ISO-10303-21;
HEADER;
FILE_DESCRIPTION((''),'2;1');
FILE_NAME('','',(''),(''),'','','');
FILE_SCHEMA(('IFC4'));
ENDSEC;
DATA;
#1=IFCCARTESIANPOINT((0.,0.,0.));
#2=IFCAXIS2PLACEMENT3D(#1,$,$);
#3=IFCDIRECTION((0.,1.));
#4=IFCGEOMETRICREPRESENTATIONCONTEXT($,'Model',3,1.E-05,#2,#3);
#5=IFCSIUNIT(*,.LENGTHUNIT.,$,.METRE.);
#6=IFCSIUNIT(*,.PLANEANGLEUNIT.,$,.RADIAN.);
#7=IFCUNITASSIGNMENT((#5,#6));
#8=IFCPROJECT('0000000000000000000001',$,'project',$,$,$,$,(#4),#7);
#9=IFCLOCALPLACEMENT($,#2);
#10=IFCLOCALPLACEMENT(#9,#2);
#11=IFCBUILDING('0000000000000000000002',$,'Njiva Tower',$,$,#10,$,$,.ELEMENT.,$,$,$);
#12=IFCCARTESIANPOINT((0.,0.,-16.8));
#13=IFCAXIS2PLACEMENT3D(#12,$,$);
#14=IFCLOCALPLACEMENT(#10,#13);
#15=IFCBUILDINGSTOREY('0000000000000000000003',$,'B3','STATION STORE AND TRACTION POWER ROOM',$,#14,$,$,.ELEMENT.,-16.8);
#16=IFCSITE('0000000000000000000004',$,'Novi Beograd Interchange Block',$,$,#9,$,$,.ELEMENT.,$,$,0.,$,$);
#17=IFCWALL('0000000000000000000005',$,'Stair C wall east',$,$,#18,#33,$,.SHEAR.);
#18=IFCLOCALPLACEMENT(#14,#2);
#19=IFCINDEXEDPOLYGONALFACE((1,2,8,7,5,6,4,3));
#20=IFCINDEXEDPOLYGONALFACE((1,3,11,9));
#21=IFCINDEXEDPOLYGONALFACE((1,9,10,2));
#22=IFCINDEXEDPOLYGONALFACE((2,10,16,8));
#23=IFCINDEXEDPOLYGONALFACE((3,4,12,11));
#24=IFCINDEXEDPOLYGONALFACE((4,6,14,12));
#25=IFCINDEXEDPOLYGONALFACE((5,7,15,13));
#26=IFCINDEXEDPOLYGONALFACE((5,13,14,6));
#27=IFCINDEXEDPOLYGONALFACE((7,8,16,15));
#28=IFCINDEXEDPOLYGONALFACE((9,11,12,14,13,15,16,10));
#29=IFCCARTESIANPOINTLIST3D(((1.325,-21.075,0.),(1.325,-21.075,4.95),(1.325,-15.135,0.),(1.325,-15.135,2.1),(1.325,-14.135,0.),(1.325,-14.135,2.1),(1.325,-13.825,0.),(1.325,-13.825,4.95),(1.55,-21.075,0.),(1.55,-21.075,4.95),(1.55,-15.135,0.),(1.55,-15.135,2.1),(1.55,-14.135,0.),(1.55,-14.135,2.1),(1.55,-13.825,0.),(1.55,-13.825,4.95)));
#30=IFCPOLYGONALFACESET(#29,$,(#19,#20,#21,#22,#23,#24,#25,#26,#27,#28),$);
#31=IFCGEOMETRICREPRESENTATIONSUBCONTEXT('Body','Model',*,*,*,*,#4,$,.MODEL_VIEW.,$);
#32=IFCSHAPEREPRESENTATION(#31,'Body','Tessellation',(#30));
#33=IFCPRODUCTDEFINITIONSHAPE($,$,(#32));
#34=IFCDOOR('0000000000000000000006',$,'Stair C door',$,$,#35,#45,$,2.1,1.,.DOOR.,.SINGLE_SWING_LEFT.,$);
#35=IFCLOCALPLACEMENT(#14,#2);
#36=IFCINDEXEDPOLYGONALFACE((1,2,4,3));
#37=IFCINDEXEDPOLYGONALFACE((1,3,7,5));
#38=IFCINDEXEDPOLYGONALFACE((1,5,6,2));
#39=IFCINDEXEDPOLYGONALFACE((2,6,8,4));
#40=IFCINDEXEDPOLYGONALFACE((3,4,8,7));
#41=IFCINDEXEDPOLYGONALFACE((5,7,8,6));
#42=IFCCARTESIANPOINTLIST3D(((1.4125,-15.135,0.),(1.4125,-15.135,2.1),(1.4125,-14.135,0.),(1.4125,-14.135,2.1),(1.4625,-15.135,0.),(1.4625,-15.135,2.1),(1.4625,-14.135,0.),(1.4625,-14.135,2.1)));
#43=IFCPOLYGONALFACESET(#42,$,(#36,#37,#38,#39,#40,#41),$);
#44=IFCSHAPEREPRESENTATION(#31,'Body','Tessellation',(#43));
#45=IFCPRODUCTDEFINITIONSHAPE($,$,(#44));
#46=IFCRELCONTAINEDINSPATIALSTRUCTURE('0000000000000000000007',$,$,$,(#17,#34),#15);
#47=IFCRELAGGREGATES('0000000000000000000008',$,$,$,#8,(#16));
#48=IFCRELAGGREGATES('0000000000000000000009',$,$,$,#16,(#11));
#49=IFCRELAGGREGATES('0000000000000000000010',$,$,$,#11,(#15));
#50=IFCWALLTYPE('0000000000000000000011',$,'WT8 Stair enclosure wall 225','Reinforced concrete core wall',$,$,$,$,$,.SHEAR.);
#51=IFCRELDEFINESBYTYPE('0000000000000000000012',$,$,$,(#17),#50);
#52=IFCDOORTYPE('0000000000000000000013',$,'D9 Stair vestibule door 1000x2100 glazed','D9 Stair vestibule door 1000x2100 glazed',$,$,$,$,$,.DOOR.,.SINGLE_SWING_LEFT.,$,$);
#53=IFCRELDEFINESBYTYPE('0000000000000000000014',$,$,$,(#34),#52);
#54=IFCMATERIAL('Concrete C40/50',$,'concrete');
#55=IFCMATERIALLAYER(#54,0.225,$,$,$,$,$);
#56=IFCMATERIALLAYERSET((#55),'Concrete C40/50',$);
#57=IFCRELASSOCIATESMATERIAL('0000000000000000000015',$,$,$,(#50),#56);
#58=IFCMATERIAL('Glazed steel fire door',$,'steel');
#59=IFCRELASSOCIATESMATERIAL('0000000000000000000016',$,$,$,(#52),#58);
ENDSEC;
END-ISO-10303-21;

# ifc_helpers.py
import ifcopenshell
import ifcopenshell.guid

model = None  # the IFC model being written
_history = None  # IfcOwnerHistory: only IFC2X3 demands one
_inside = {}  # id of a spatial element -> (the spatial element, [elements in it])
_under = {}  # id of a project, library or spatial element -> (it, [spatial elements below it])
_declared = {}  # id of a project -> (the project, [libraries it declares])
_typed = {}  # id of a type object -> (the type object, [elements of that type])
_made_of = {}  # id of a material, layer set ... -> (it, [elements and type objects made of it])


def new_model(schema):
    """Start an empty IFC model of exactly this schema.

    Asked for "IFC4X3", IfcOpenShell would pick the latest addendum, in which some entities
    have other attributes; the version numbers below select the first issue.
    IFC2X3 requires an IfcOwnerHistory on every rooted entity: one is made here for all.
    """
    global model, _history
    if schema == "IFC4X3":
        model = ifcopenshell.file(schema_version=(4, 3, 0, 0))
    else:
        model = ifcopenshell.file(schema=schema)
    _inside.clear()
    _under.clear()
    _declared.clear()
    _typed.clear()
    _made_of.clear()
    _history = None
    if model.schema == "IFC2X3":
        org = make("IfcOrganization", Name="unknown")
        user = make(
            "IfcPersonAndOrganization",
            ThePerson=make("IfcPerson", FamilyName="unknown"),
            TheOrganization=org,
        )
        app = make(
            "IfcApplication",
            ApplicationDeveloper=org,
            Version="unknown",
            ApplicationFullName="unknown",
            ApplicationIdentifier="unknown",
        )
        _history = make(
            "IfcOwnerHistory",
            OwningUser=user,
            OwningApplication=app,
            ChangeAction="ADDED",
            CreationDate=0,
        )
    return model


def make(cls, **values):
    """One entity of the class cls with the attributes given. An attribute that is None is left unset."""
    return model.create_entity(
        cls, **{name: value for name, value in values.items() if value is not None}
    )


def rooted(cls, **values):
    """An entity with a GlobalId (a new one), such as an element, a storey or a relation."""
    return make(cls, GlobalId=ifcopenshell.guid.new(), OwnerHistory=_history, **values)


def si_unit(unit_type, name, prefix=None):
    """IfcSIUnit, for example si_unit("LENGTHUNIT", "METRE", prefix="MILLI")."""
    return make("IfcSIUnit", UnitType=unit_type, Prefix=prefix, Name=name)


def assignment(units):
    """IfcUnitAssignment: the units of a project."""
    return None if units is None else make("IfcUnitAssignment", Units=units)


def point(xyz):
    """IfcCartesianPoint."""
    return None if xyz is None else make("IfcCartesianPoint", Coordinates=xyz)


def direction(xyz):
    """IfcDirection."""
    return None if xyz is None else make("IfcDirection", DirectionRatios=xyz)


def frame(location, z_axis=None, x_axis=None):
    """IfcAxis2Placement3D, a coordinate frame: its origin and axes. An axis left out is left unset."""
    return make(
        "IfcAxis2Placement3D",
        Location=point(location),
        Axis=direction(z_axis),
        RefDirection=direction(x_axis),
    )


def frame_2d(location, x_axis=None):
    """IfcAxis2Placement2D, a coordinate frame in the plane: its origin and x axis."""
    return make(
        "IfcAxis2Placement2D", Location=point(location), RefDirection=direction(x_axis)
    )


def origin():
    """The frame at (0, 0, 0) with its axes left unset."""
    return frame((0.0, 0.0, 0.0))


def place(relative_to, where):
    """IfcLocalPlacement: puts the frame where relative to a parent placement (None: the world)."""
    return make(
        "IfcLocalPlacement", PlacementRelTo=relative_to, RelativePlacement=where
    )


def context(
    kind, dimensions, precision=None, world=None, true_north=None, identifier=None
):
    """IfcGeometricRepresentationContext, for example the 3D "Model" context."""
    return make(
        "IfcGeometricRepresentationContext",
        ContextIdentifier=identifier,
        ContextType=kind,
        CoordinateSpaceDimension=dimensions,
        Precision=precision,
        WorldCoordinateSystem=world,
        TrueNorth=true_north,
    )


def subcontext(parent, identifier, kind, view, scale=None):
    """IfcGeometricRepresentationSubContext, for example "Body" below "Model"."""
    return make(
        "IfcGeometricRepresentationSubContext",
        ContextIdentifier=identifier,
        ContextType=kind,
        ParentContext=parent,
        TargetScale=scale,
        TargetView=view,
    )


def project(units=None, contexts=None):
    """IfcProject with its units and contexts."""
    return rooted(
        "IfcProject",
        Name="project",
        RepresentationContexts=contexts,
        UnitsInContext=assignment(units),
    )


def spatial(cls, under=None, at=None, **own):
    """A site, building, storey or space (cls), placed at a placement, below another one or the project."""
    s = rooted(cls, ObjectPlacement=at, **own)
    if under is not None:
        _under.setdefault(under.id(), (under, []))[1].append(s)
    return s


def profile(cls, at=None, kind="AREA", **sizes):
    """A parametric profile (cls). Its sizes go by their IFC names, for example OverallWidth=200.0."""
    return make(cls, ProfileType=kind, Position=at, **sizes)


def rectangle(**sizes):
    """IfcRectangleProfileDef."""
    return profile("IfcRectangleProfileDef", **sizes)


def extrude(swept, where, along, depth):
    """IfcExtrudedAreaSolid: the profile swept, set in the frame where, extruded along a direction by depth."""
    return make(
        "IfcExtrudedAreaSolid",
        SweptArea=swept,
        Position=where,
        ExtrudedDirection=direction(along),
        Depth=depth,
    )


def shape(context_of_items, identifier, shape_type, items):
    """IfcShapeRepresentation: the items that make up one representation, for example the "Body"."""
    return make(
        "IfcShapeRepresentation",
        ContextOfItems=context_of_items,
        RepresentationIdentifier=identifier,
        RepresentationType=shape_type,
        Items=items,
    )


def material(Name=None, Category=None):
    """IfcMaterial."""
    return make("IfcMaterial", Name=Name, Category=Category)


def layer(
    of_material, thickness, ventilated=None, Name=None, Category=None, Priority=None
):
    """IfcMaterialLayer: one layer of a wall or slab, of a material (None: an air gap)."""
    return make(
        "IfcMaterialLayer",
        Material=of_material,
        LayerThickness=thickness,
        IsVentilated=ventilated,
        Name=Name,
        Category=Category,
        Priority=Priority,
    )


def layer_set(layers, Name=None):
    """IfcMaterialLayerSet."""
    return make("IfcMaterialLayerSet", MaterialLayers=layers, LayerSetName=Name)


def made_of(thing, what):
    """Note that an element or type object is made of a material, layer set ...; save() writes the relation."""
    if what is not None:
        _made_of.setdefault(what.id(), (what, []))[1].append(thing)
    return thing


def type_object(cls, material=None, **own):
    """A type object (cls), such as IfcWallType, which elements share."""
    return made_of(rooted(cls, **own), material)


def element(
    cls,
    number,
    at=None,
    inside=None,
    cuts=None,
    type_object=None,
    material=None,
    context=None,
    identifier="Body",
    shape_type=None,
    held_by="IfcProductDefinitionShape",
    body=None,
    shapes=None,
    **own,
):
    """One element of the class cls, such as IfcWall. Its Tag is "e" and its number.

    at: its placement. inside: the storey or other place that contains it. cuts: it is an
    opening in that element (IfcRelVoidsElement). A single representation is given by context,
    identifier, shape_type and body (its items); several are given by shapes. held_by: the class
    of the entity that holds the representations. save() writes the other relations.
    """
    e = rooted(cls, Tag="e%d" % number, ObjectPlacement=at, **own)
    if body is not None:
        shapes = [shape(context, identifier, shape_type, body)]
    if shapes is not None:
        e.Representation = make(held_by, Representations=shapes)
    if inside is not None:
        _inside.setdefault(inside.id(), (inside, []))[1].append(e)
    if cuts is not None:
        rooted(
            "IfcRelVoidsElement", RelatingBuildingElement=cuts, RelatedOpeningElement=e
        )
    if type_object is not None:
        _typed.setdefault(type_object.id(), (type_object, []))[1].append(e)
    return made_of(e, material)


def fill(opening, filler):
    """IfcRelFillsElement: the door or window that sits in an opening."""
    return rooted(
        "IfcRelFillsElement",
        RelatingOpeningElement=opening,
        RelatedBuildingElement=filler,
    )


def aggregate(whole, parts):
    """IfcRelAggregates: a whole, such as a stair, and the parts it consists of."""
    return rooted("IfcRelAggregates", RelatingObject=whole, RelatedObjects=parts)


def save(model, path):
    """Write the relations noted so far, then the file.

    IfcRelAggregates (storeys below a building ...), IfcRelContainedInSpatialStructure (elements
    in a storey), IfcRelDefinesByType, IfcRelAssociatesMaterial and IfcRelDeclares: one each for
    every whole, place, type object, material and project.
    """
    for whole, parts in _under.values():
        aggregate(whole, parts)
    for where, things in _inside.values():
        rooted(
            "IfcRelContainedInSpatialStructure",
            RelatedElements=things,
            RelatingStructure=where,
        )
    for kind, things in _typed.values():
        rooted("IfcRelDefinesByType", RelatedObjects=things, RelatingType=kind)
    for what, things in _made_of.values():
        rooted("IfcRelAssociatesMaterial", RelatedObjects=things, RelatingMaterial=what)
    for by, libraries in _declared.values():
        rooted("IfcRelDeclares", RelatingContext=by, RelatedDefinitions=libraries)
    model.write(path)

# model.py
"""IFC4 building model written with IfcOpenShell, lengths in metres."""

from ifc_helpers import new_model, si_unit, direction, frame, frame_2d, origin, place, context, subcontext, project, spatial, rectangle, extrude, material, layer, layer_set, type_object, element, fill, save


model = new_model("IFC4")

# Units and contexts
model_context = context("Model", 3, precision=1e-05, world=origin(), true_north=direction((0.0, 1.0)))
body_context = subcontext(model_context, "Body", "Model", "MODEL_VIEW")
ifc_project = project(units=[si_unit("LENGTHUNIT", "METRE"), si_unit("PLANEANGLEUNIT", "RADIAN")], contexts=[model_context])

# Site, building, storey
site_placement = place(None, origin())
site = spatial("IfcSite", under=ifc_project, at=site_placement, Name="Novi Beograd Interchange Block", CompositionType="ELEMENT", RefElevation=0.0)
building_placement = place(site_placement, origin())
building = spatial("IfcBuilding", under=site, at=building_placement, Name="Njiva Tower", CompositionType="ELEMENT")
storey_placement = place(building_placement, frame((0.0, 0.0, -16.8)))
storey = spatial("IfcBuildingStorey", under=building, at=storey_placement, Name="B3", Description="STATION STORE AND TRACTION POWER ROOM", CompositionType="ELEMENT", Elevation=-16.8)

# Shared definitions
ifc_material_1 = material(Name="Glazed steel fire door", Category="steel")

# Wall, opening, door
ifc_material_2 = material(Name="Concrete C40/50", Category="concrete")
ifc_layer_1 = layer(ifc_material_2, 0.225)
ifc_layer_set_1 = layer_set([ifc_layer_1], Name="Concrete C40/50")
wall_type_1 = type_object("IfcWallType", Name="WT8 Stair enclosure wall 225", Description="Reinforced concrete core wall", PredefinedType="SHEAR", material=ifc_layer_set_1)
wall_1_placement = place(storey_placement, frame((1.4375, -21.075, 0.0), z_axis=(0.0, 0.0, 1.0), x_axis=(0.0, 1.0, 0.0)))
wall_1 = element("IfcWall", 1, at=wall_1_placement, inside=storey, type_object=wall_type_1, Name="Stair C wall east", PredefinedType="SHEAR", context=body_context, shape_type="SweptSolid", body=[
    extrude(rectangle(XDim=7.25, YDim=0.225, at=frame_2d((3.625, 0.0))), origin(), (0.0, 0.0, 1.0), 4.95),
])
opening_1_placement = place(wall_1_placement, frame((5.94, 0.0, 0.0)))
opening_1 = element("IfcOpeningElement", 2, at=opening_1_placement, cuts=wall_1, PredefinedType="OPENING", context=body_context, shape_type="SweptSolid", body=[
    extrude(rectangle(XDim=1.0, YDim=2.1, at=frame_2d((0.5, 1.05))), frame((0.0, 0.1225, 0.0), z_axis=(0.0, -1.0, 0.0), x_axis=(1.0, 0.0, 0.0)), (0.0, 0.0, 1.0), 0.245),
])
door_type_1 = type_object("IfcDoorType", Name="D9 Stair vestibule door 1000x2100 glazed", Description="D9 Stair vestibule door 1000x2100 glazed", OperationType="SINGLE_SWING_LEFT", PredefinedType="DOOR", material=ifc_material_1)
door_1_placement = place(opening_1_placement, origin())
door_1 = element("IfcDoor", 3, at=door_1_placement, inside=storey, type_object=door_type_1, Name="Stair C door", OperationType="SINGLE_SWING_LEFT", OverallHeight=2.1, OverallWidth=1.0, PredefinedType="DOOR", context=body_context, shape_type="SweptSolid", body=[
    extrude(rectangle(XDim=1.0, YDim=2.1, at=frame_2d((0.5, 1.05))), frame((0.0, 0.025, 0.0), z_axis=(0.0, -1.0, 0.0), x_axis=(1.0, 0.0, 0.0)), (0.0, 0.0, 1.0), 0.05),
])
fill(opening_1, door_1)

save(model, "model.ifc")
